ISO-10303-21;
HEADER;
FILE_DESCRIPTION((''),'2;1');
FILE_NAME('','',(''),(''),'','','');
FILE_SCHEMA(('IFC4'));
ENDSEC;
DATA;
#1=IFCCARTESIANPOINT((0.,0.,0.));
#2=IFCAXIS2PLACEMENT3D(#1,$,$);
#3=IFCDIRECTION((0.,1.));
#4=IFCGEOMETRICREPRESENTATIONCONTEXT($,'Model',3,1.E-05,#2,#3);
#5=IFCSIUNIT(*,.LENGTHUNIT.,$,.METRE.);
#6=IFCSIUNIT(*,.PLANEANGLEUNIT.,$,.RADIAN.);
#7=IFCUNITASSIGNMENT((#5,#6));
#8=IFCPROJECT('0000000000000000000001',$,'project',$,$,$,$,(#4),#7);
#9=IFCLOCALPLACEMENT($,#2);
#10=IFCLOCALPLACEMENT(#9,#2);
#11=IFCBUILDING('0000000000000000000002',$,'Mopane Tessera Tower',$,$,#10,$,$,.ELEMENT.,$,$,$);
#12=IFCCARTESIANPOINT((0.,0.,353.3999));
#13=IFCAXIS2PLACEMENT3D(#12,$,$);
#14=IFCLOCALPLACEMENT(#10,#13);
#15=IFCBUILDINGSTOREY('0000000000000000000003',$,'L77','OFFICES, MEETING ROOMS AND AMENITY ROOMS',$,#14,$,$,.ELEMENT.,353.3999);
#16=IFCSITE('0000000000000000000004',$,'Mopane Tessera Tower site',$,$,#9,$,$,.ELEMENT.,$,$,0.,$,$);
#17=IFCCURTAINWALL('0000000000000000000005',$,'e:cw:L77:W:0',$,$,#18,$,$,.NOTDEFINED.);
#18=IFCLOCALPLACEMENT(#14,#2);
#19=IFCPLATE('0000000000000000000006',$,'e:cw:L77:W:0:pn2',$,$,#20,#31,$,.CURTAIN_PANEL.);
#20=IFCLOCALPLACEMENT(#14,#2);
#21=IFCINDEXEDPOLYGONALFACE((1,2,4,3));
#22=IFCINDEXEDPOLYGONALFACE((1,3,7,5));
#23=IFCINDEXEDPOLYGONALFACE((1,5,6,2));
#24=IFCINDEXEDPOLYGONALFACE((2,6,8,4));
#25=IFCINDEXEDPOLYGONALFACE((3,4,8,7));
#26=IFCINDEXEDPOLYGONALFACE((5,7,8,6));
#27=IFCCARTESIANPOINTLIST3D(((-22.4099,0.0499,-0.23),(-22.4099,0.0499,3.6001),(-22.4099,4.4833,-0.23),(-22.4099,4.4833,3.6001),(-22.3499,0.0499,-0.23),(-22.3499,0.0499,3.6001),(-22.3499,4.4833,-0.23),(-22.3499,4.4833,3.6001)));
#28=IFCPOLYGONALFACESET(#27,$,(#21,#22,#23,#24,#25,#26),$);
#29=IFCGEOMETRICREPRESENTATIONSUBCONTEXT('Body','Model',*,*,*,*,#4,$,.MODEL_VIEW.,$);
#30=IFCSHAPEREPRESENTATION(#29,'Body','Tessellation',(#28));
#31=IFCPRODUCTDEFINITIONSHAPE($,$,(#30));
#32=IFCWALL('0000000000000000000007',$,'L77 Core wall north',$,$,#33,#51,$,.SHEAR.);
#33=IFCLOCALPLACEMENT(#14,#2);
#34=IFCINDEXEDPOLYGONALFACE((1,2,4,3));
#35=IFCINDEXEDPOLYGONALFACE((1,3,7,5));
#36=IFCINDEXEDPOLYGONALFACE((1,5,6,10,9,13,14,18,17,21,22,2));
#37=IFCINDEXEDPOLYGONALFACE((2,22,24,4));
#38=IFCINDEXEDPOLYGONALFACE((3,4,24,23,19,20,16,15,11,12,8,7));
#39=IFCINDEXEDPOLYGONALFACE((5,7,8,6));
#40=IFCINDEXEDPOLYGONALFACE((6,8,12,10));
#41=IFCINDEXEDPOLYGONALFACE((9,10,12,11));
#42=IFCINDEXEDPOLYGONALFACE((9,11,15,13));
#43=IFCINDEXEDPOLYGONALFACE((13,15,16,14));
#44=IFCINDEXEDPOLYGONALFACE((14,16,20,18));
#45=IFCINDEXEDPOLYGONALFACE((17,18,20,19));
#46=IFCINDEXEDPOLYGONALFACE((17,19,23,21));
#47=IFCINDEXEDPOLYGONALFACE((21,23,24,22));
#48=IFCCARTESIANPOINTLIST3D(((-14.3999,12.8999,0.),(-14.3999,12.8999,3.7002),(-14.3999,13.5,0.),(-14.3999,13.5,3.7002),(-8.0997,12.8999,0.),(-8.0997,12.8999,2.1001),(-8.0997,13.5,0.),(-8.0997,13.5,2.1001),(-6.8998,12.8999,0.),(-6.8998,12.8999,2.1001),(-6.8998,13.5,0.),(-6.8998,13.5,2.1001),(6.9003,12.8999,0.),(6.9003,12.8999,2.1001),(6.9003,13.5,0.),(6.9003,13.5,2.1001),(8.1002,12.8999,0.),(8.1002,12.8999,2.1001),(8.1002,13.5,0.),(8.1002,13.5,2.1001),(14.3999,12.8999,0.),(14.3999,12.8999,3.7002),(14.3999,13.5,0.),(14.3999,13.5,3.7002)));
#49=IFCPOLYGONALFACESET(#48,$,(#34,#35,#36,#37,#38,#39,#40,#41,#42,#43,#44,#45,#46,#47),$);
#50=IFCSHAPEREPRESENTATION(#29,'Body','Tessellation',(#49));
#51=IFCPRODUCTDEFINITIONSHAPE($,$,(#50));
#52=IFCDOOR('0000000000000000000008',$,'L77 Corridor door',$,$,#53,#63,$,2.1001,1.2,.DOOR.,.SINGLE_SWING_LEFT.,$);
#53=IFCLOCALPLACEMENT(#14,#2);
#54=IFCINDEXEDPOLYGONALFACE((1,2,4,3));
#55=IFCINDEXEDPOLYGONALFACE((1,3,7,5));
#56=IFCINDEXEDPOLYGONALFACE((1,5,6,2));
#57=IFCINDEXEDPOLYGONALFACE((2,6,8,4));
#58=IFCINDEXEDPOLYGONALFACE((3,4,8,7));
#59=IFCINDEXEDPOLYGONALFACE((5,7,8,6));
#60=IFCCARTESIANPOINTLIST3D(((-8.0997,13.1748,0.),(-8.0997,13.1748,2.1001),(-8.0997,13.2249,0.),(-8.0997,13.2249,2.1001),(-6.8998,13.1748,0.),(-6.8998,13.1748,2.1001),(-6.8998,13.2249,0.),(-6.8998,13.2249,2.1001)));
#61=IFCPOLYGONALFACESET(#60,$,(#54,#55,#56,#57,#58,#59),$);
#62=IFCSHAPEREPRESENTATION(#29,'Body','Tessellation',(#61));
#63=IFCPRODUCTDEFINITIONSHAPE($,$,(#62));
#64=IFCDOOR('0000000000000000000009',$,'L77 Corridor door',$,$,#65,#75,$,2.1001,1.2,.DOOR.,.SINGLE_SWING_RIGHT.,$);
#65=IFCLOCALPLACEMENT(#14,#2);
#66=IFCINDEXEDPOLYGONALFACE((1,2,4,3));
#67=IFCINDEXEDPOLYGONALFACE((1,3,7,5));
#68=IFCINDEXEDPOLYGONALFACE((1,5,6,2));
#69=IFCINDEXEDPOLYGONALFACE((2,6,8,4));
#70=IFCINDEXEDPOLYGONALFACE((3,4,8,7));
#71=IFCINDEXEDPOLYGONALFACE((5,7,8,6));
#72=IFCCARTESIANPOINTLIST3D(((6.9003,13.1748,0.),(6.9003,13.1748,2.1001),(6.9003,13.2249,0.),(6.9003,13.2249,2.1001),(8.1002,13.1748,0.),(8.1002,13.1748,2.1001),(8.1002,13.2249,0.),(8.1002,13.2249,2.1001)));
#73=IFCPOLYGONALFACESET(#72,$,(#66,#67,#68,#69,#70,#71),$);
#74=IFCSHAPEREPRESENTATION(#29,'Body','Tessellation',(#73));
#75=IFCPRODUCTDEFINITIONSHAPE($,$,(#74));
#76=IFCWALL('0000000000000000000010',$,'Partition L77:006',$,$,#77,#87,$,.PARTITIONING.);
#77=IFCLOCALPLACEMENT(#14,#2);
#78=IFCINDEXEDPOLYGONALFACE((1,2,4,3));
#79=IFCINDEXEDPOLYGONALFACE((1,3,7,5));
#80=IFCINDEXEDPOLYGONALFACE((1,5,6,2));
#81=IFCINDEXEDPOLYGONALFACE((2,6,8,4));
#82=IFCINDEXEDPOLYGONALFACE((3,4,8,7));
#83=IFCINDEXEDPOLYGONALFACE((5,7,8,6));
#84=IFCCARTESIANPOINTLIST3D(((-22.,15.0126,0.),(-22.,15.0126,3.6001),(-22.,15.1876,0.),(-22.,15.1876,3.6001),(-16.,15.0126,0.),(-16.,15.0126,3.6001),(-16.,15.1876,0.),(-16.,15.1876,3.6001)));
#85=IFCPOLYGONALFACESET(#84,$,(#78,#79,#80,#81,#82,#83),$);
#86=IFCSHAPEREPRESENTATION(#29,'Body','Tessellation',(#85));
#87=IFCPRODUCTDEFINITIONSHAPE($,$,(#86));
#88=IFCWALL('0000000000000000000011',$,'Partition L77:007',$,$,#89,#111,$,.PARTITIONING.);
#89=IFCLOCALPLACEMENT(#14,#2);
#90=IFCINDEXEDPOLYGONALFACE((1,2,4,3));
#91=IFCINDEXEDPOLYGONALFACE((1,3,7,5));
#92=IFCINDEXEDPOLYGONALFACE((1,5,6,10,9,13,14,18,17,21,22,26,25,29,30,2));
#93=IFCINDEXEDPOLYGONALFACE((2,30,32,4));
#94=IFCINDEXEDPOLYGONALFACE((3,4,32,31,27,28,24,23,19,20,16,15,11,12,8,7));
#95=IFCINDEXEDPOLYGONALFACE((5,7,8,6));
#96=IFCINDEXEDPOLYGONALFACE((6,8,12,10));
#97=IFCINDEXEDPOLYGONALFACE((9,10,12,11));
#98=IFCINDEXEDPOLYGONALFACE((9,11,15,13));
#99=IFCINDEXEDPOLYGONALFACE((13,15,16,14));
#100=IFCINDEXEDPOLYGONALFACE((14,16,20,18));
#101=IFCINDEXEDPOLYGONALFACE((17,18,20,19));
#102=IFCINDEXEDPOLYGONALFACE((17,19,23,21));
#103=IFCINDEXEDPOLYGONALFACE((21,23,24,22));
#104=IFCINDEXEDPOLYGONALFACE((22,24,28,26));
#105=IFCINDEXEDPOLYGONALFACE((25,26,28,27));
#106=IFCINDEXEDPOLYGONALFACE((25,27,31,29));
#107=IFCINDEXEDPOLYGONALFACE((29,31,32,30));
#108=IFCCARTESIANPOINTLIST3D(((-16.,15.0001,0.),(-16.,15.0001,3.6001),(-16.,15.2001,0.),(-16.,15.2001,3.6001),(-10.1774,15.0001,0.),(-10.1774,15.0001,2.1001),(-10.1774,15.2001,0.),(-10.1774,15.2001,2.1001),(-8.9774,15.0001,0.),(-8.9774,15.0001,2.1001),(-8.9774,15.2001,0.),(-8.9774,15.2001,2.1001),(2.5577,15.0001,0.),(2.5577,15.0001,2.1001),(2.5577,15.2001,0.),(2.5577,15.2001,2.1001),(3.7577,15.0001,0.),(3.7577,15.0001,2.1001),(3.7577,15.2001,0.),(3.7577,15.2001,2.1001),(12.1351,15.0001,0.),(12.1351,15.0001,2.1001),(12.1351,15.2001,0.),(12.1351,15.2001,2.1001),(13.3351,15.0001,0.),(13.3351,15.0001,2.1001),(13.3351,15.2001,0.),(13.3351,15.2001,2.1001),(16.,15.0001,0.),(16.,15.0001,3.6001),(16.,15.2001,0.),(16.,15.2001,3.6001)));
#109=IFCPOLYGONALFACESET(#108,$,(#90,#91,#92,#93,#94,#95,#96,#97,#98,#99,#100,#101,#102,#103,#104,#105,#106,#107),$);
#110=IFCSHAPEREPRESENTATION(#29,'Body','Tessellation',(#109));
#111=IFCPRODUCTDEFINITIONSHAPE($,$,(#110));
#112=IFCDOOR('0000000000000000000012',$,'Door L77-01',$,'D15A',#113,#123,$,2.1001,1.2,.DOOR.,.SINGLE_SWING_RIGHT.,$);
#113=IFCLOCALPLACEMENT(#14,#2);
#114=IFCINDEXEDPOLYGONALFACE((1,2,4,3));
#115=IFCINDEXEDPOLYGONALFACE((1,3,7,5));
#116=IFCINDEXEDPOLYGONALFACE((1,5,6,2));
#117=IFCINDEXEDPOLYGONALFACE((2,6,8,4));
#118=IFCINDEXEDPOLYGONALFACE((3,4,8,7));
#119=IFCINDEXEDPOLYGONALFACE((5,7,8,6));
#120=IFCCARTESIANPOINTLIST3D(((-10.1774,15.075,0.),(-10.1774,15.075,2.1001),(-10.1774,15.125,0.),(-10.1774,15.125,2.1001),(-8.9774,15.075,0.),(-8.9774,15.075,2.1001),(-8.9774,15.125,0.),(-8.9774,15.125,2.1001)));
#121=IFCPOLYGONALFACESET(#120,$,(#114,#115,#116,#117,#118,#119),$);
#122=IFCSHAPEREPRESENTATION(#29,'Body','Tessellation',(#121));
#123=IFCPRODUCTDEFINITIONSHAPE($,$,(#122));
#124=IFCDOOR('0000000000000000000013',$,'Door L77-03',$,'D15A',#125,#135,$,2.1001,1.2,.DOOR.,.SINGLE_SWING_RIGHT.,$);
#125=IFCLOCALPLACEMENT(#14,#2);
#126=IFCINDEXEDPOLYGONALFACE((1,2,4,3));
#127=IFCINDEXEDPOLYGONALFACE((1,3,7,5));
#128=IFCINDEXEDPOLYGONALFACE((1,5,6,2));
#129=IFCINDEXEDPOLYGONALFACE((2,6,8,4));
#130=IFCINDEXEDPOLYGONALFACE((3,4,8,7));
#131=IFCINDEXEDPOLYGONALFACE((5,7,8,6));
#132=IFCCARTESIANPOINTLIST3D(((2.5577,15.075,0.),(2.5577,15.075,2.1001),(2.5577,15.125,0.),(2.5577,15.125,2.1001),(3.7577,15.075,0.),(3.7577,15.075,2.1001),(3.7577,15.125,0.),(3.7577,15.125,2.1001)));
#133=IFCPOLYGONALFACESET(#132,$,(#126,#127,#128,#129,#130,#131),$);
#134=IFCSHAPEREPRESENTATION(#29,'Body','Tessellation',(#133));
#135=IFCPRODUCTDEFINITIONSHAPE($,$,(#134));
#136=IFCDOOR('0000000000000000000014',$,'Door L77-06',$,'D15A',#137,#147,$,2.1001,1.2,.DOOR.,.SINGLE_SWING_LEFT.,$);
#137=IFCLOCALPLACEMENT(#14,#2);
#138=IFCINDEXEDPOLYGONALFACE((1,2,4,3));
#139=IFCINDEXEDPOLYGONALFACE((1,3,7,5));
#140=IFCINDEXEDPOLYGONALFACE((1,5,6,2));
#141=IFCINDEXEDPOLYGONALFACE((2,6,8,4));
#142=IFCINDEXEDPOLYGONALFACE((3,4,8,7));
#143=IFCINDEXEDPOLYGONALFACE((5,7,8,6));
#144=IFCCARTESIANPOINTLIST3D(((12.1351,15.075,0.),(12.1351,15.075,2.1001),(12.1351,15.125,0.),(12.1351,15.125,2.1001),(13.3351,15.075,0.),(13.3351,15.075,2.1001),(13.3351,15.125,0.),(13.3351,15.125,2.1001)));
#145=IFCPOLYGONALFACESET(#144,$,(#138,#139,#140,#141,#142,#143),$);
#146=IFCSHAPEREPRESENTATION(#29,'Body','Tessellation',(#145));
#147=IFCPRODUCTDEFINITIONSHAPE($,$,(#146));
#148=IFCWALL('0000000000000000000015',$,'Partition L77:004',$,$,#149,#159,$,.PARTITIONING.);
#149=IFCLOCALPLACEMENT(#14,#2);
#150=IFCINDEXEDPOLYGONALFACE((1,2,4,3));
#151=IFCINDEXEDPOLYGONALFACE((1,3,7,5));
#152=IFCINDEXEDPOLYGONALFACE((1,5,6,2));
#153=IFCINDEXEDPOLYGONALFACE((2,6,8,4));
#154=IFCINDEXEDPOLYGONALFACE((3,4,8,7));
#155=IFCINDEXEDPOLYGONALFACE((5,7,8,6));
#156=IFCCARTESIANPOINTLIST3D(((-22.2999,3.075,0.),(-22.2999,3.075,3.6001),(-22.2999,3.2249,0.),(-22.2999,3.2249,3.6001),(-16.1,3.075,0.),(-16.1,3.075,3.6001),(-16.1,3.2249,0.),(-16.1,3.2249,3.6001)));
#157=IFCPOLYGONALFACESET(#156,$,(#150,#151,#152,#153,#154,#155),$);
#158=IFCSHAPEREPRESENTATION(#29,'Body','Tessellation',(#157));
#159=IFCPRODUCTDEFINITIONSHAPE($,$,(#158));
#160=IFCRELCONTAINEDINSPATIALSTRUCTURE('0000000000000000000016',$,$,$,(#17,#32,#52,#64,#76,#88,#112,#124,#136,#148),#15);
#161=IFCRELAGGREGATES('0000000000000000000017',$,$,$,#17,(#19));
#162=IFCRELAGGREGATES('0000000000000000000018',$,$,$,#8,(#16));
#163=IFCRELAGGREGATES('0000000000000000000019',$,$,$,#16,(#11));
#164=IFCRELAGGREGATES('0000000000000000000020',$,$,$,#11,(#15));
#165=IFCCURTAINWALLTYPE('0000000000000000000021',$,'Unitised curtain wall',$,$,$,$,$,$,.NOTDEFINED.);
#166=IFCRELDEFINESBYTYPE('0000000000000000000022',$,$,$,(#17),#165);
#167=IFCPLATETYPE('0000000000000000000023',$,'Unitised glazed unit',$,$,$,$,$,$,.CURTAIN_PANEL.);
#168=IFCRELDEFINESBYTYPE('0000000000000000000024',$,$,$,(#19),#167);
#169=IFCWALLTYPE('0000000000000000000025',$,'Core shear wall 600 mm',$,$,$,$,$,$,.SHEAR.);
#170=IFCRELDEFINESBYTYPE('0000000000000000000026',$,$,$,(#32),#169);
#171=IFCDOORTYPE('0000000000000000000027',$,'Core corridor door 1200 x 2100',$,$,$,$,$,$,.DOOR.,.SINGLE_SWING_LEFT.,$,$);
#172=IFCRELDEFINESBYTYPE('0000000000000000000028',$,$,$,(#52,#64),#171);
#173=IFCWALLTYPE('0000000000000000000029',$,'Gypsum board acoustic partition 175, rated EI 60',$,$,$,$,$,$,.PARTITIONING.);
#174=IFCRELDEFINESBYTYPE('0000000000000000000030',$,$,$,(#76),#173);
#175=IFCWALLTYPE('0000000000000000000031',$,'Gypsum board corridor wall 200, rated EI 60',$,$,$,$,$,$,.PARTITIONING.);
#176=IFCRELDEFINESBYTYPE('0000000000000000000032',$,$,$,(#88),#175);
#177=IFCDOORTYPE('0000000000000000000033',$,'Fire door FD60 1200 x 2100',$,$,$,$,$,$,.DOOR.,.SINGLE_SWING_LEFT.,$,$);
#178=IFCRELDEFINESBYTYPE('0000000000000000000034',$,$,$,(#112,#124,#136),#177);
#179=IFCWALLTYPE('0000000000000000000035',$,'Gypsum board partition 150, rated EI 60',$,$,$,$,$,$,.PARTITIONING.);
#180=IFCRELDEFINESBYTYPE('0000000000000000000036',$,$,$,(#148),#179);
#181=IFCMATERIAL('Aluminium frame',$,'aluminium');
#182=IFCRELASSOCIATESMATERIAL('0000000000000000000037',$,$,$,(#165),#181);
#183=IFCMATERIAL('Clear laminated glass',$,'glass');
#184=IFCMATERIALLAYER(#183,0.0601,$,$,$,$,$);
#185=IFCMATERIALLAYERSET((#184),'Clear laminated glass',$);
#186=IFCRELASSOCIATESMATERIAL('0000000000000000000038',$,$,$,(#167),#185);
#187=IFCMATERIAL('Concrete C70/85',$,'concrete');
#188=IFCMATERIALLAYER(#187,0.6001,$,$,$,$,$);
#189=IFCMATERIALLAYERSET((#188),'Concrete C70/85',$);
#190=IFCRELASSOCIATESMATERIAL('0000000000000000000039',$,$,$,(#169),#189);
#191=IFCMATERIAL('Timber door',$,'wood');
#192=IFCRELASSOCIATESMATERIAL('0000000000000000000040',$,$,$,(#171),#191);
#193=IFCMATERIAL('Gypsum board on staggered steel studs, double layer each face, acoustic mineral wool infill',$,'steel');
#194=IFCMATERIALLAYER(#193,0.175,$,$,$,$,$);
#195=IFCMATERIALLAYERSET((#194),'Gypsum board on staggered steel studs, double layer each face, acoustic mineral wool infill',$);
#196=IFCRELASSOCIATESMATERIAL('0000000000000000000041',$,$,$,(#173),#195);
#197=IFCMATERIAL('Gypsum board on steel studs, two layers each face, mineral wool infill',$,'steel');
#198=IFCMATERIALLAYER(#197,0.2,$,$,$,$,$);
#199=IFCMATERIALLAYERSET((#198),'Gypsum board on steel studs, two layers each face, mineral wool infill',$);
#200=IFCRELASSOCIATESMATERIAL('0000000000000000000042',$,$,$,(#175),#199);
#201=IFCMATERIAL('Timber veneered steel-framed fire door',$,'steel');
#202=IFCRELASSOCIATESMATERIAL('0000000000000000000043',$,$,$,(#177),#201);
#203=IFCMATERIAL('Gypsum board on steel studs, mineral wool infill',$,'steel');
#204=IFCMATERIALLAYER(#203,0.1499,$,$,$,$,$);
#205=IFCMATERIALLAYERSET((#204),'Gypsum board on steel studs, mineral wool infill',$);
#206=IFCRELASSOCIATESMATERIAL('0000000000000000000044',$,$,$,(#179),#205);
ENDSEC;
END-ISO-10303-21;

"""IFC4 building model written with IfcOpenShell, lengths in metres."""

from ifc_helpers import new_model, si_unit, direction, frame, frame_2d, origin, origin_2d, place, context, subcontext, project, spatial, rectangle, extrude, material, layer, layer_set, type_object, element, fill, aggregate, save


model = new_model("IFC4")

# Units and contexts
model_context = context("Model", 3, precision=1e-05, world=origin(), true_north=direction((0.0, 1.0)))
body_context = subcontext(model_context, "Body", "Model", "MODEL_VIEW")
ifc_project = project(units=[si_unit("LENGTHUNIT", "METRE"), si_unit("PLANEANGLEUNIT", "RADIAN")], contexts=[model_context])

# Site, building, storey
site_placement = place(None, origin())
site = spatial("IfcSite", under=ifc_project, at=site_placement, Name="Mopane Tessera Tower site", CompositionType="ELEMENT", RefElevation=0.0)
building_placement = place(site_placement, origin())
building = spatial("IfcBuilding", under=site, at=building_placement, Name="Mopane Tessera Tower", CompositionType="ELEMENT")
storey_placement = place(building_placement, frame((0.0, 0.0, 353.3999)))
storey = spatial("IfcBuildingStorey", under=building, at=storey_placement, Name="L77", Description="OFFICES, MEETING ROOMS AND AMENITY ROOMS", CompositionType="ELEMENT", Elevation=353.3999)

# Shared definitions
ifc_material_1 = material(Name="Aluminium frame", Category="aluminium")
curtain_wall_type = type_object("IfcCurtainWallType", Name="Unitised curtain wall", PredefinedType="NOTDEFINED", material=ifc_material_1)

# Curtain wall
curtain_wall_1_placement = place(storey_placement, origin())
curtain_wall_1 = element("IfcCurtainWall", 1, at=curtain_wall_1_placement, inside=storey, type_object=curtain_wall_type, Name="e:cw:L77:W:0", PredefinedType="NOTDEFINED")

# Plate
ifc_material_2 = material(Name="Clear laminated glass", Category="glass")
ifc_layer_1 = layer(ifc_material_2, 0.0601)
ifc_layer_set_1 = layer_set([ifc_layer_1], Name="Clear laminated glass")
plate_type = type_object("IfcPlateType", Name="Unitised glazed unit", PredefinedType="CURTAIN_PANEL", material=ifc_layer_set_1)
plate_1_placement = place(storey_placement, frame((-22.3799, 2.2666, -0.23), z_axis=(0.0, 0.0, 1.0), x_axis=(0.0, -1.0, 0.0)))
plate_1 = element("IfcPlate", 2, at=plate_1_placement, type_object=plate_type, Name="e:cw:L77:W:0:pn2", PredefinedType="CURTAIN_PANEL", context=body_context, shape_type="SweptSolid", body=[
    extrude(rectangle(XDim=4.4333, YDim=0.0601, at=origin_2d()), origin(), (0.0, 0.0, 1.0), 3.8301),
])
aggregate(curtain_wall_1, [plate_1])

# Wall, openings, doors
ifc_material_3 = material(Name="Concrete C70/85", Category="concrete")
ifc_layer_2 = layer(ifc_material_3, 0.6001)
ifc_layer_set_2 = layer_set([ifc_layer_2], Name="Concrete C70/85")
wall_type_1 = type_object("IfcWallType", Name="Core shear wall 600 mm", PredefinedType="SHEAR", material=ifc_layer_set_2)
wall_1_placement = place(storey_placement, frame((-14.3999, 13.2, 0.0), z_axis=(0.0, 0.0, 1.0), x_axis=(1.0, 0.0, 0.0)))
wall_1 = element("IfcWall", 3, at=wall_1_placement, inside=storey, type_object=wall_type_1, Name="L77 Core wall north", PredefinedType="SHEAR", context=body_context, shape_type="SweptSolid", body=[
    extrude(rectangle(XDim=28.7998, YDim=0.6001, at=frame_2d((14.3999, 0.0))), origin(), (0.0, 0.0, 1.0), 3.7002),
])
opening_1_placement = place(wall_1_placement, frame((6.3, 0.0, 0.0)))
opening_1 = element("IfcOpeningElement", 4, at=opening_1_placement, cuts=wall_1, PredefinedType="OPENING", context=body_context, shape_type="SweptSolid", body=[
    extrude(rectangle(XDim=1.2, YDim=2.1001, at=frame_2d((0.6001, 1.05))), frame((0.0, 0.312, 0.0), z_axis=(0.0, -1.0, 0.0), x_axis=(1.0, 0.0, 0.0)), (0.0, 0.0, 1.0), 0.624),
])
opening_2_placement = place(wall_1_placement, frame((21.3, 0.0, 0.0)))
opening_2 = element("IfcOpeningElement", 5, at=opening_2_placement, cuts=wall_1, PredefinedType="OPENING", context=body_context, shape_type="SweptSolid", body=[
    extrude(rectangle(XDim=1.2, YDim=2.1001, at=frame_2d((0.6001, 1.05))), frame((0.0, 0.312, 0.0), z_axis=(0.0, -1.0, 0.0), x_axis=(1.0, 0.0, 0.0)), (0.0, 0.0, 1.0), 0.624),
])
ifc_material_4 = material(Name="Timber door", Category="wood")
door_type_1 = type_object("IfcDoorType", Name="Core corridor door 1200 x 2100", OperationType="SINGLE_SWING_LEFT", PredefinedType="DOOR", material=ifc_material_4)
door_1_placement = place(opening_1_placement, origin())
door_1 = element("IfcDoor", 6, at=door_1_placement, inside=storey, type_object=door_type_1, Name="L77 Corridor door", OperationType="SINGLE_SWING_LEFT", OverallHeight=2.1001, OverallWidth=1.2, PredefinedType="DOOR", context=body_context, shape_type="SweptSolid", body=[
    extrude(rectangle(XDim=1.2, YDim=2.1001, at=frame_2d((0.6001, 1.05))), frame((0.0, 0.0249, 0.0), z_axis=(0.0, -1.0, 0.0), x_axis=(1.0, 0.0, 0.0)), (0.0, 0.0, 1.0), 0.05),
])
fill(opening_1, door_1)
door_2_placement = place(opening_2_placement, origin())
door_2 = element("IfcDoor", 7, at=door_2_placement, inside=storey, type_object=door_type_1, Name="L77 Corridor door", OperationType="SINGLE_SWING_RIGHT", OverallHeight=2.1001, OverallWidth=1.2, PredefinedType="DOOR", context=body_context, shape_type="SweptSolid", body=[
    extrude(rectangle(XDim=1.2, YDim=2.1001, at=frame_2d((0.6001, 1.05))), frame((0.0, 0.0249, 0.0), z_axis=(0.0, -1.0, 0.0), x_axis=(1.0, 0.0, 0.0)), (0.0, 0.0, 1.0), 0.05),
])
fill(opening_2, door_2)

# Wall
ifc_material_5 = material(Name="Gypsum board on staggered steel studs, double layer each face, acoustic mineral wool infill", Category="steel")
ifc_layer_3 = layer(ifc_material_5, 0.175)
ifc_layer_set_3 = layer_set([ifc_layer_3], Name="Gypsum board on staggered steel studs, double layer each face, acoustic mineral wool infill")
wall_type_2 = type_object("IfcWallType", Name="Gypsum board acoustic partition 175, rated EI 60", PredefinedType="PARTITIONING", material=ifc_layer_set_3)
wall_2_placement = place(storey_placement, frame((-22.0, 15.1001, 0.0), z_axis=(0.0, 0.0, 1.0), x_axis=(1.0, 0.0, 0.0)))
element("IfcWall", 8, at=wall_2_placement, inside=storey, type_object=wall_type_2, Name="Partition L77:006", PredefinedType="PARTITIONING", context=body_context, shape_type="SweptSolid", body=[
    extrude(rectangle(XDim=6.0, YDim=0.175, at=frame_2d((3.0, 0.0))), origin(), (0.0, 0.0, 1.0), 3.6001),
])

# Wall, openings, doors
ifc_material_6 = material(Name="Gypsum board on steel studs, two layers each face, mineral wool infill", Category="steel")
ifc_layer_4 = layer(ifc_material_6, 0.2)
ifc_layer_set_4 = layer_set([ifc_layer_4], Name="Gypsum board on steel studs, two layers each face, mineral wool infill")
wall_type_3 = type_object("IfcWallType", Name="Gypsum board corridor wall 200, rated EI 60", PredefinedType="PARTITIONING", material=ifc_layer_set_4)
wall_3_placement = place(storey_placement, frame((-16.0, 15.1001, 0.0), z_axis=(0.0, 0.0, 1.0), x_axis=(1.0, 0.0, 0.0)))
wall_3 = element("IfcWall", 9, at=wall_3_placement, inside=storey, type_object=wall_type_3, Name="Partition L77:007", PredefinedType="PARTITIONING", context=body_context, shape_type="SweptSolid", body=[
    extrude(rectangle(XDim=32.0, YDim=0.2, at=frame_2d((16.0, 0.0))), origin(), (0.0, 0.0, 1.0), 3.6001),
])
opening_3_placement = place(wall_3_placement, frame((5.8225, 0.0, 0.0)))
opening_3 = element("IfcOpeningElement", 10, at=opening_3_placement, cuts=wall_3, PredefinedType="OPENING", context=body_context, shape_type="SweptSolid", body=[
    extrude(rectangle(XDim=1.2, YDim=2.1001, at=frame_2d((0.6001, 1.05))), frame((0.0, 0.1121, 0.0), z_axis=(0.0, -1.0, 0.0), x_axis=(1.0, 0.0, 0.0)), (0.0, 0.0, 1.0), 0.2239),
])
opening_4_placement = place(wall_3_placement, frame((18.5576, 0.0, 0.0)))
opening_4 = element("IfcOpeningElement", 11, at=opening_4_placement, cuts=wall_3, PredefinedType="OPENING", context=body_context, shape_type="SweptSolid", body=[
    extrude(rectangle(XDim=1.2, YDim=2.1001, at=frame_2d((0.6001, 1.05))), frame((0.0, 0.1121, 0.0), z_axis=(0.0, -1.0, 0.0), x_axis=(1.0, 0.0, 0.0)), (0.0, 0.0, 1.0), 0.2239),
])
opening_5_placement = place(wall_3_placement, frame((28.135, 0.0, 0.0)))
opening_5 = element("IfcOpeningElement", 12, at=opening_5_placement, cuts=wall_3, PredefinedType="OPENING", context=body_context, shape_type="SweptSolid", body=[
    extrude(rectangle(XDim=1.2, YDim=2.1001, at=frame_2d((0.6001, 1.05))), frame((0.0, 0.1121, 0.0), z_axis=(0.0, -1.0, 0.0), x_axis=(1.0, 0.0, 0.0)), (0.0, 0.0, 1.0), 0.2239),
])
ifc_material_7 = material(Name="Timber veneered steel-framed fire door", Category="steel")
door_type_2 = type_object("IfcDoorType", Name="Fire door FD60 1200 x 2100", OperationType="SINGLE_SWING_LEFT", PredefinedType="DOOR", material=ifc_material_7)
door_3_placement = place(opening_3_placement, origin())
door_3 = element("IfcDoor", 13, at=door_3_placement, inside=storey, type_object=door_type_2, Name="Door L77-01", ObjectType="D15A", OperationType="SINGLE_SWING_RIGHT", OverallHeight=2.1001, OverallWidth=1.2, PredefinedType="DOOR", context=body_context, shape_type="SweptSolid", body=[
    extrude(rectangle(XDim=1.2, YDim=2.1001, at=frame_2d((0.6001, 1.05))), frame((0.0, 0.0249, 0.0), z_axis=(0.0, -1.0, 0.0), x_axis=(1.0, 0.0, 0.0)), (0.0, 0.0, 1.0), 0.05),
])
fill(opening_3, door_3)
door_4_placement = place(opening_4_placement, origin())
door_4 = element("IfcDoor", 14, at=door_4_placement, inside=storey, type_object=door_type_2, Name="Door L77-03", ObjectType="D15A", OperationType="SINGLE_SWING_RIGHT", OverallHeight=2.1001, OverallWidth=1.2, PredefinedType="DOOR", context=body_context, shape_type="SweptSolid", body=[
    extrude(rectangle(XDim=1.2, YDim=2.1001, at=frame_2d((0.6001, 1.05))), frame((0.0, 0.0249, 0.0), z_axis=(0.0, -1.0, 0.0), x_axis=(1.0, 0.0, 0.0)), (0.0, 0.0, 1.0), 0.05),
])
fill(opening_4, door_4)
door_5_placement = place(opening_5_placement, origin())
door_5 = element("IfcDoor", 15, at=door_5_placement, inside=storey, type_object=door_type_2, Name="Door L77-06", ObjectType="D15A", OperationType="SINGLE_SWING_LEFT", OverallHeight=2.1001, OverallWidth=1.2, PredefinedType="DOOR", context=body_context, shape_type="SweptSolid", body=[
    extrude(rectangle(XDim=1.2, YDim=2.1001, at=frame_2d((0.6001, 1.05))), frame((0.0, 0.0249, 0.0), z_axis=(0.0, -1.0, 0.0), x_axis=(1.0, 0.0, 0.0)), (0.0, 0.0, 1.0), 0.05),
])
fill(opening_5, door_5)

# Wall
ifc_material_8 = material(Name="Gypsum board on steel studs, mineral wool infill", Category="steel")
ifc_layer_5 = layer(ifc_material_8, 0.1499)
ifc_layer_set_5 = layer_set([ifc_layer_5], Name="Gypsum board on steel studs, mineral wool infill")
wall_type_4 = type_object("IfcWallType", Name="Gypsum board partition 150, rated EI 60", PredefinedType="PARTITIONING", material=ifc_layer_set_5)
wall_4_placement = place(storey_placement, frame((-22.3, 3.1499, 0.0), z_axis=(0.0, 0.0, 1.0), x_axis=(1.0, 0.0, 0.0)))
element("IfcWall", 16, at=wall_4_placement, inside=storey, type_object=wall_type_4, Name="Partition L77:004", PredefinedType="PARTITIONING", context=body_context, shape_type="SweptSolid", body=[
    extrude(rectangle(XDim=6.2, YDim=0.1499, at=frame_2d((3.1001, 0.0))), origin(), (0.0, 0.0, 1.0), 3.6001),
])

save(model, "model.ifc")
